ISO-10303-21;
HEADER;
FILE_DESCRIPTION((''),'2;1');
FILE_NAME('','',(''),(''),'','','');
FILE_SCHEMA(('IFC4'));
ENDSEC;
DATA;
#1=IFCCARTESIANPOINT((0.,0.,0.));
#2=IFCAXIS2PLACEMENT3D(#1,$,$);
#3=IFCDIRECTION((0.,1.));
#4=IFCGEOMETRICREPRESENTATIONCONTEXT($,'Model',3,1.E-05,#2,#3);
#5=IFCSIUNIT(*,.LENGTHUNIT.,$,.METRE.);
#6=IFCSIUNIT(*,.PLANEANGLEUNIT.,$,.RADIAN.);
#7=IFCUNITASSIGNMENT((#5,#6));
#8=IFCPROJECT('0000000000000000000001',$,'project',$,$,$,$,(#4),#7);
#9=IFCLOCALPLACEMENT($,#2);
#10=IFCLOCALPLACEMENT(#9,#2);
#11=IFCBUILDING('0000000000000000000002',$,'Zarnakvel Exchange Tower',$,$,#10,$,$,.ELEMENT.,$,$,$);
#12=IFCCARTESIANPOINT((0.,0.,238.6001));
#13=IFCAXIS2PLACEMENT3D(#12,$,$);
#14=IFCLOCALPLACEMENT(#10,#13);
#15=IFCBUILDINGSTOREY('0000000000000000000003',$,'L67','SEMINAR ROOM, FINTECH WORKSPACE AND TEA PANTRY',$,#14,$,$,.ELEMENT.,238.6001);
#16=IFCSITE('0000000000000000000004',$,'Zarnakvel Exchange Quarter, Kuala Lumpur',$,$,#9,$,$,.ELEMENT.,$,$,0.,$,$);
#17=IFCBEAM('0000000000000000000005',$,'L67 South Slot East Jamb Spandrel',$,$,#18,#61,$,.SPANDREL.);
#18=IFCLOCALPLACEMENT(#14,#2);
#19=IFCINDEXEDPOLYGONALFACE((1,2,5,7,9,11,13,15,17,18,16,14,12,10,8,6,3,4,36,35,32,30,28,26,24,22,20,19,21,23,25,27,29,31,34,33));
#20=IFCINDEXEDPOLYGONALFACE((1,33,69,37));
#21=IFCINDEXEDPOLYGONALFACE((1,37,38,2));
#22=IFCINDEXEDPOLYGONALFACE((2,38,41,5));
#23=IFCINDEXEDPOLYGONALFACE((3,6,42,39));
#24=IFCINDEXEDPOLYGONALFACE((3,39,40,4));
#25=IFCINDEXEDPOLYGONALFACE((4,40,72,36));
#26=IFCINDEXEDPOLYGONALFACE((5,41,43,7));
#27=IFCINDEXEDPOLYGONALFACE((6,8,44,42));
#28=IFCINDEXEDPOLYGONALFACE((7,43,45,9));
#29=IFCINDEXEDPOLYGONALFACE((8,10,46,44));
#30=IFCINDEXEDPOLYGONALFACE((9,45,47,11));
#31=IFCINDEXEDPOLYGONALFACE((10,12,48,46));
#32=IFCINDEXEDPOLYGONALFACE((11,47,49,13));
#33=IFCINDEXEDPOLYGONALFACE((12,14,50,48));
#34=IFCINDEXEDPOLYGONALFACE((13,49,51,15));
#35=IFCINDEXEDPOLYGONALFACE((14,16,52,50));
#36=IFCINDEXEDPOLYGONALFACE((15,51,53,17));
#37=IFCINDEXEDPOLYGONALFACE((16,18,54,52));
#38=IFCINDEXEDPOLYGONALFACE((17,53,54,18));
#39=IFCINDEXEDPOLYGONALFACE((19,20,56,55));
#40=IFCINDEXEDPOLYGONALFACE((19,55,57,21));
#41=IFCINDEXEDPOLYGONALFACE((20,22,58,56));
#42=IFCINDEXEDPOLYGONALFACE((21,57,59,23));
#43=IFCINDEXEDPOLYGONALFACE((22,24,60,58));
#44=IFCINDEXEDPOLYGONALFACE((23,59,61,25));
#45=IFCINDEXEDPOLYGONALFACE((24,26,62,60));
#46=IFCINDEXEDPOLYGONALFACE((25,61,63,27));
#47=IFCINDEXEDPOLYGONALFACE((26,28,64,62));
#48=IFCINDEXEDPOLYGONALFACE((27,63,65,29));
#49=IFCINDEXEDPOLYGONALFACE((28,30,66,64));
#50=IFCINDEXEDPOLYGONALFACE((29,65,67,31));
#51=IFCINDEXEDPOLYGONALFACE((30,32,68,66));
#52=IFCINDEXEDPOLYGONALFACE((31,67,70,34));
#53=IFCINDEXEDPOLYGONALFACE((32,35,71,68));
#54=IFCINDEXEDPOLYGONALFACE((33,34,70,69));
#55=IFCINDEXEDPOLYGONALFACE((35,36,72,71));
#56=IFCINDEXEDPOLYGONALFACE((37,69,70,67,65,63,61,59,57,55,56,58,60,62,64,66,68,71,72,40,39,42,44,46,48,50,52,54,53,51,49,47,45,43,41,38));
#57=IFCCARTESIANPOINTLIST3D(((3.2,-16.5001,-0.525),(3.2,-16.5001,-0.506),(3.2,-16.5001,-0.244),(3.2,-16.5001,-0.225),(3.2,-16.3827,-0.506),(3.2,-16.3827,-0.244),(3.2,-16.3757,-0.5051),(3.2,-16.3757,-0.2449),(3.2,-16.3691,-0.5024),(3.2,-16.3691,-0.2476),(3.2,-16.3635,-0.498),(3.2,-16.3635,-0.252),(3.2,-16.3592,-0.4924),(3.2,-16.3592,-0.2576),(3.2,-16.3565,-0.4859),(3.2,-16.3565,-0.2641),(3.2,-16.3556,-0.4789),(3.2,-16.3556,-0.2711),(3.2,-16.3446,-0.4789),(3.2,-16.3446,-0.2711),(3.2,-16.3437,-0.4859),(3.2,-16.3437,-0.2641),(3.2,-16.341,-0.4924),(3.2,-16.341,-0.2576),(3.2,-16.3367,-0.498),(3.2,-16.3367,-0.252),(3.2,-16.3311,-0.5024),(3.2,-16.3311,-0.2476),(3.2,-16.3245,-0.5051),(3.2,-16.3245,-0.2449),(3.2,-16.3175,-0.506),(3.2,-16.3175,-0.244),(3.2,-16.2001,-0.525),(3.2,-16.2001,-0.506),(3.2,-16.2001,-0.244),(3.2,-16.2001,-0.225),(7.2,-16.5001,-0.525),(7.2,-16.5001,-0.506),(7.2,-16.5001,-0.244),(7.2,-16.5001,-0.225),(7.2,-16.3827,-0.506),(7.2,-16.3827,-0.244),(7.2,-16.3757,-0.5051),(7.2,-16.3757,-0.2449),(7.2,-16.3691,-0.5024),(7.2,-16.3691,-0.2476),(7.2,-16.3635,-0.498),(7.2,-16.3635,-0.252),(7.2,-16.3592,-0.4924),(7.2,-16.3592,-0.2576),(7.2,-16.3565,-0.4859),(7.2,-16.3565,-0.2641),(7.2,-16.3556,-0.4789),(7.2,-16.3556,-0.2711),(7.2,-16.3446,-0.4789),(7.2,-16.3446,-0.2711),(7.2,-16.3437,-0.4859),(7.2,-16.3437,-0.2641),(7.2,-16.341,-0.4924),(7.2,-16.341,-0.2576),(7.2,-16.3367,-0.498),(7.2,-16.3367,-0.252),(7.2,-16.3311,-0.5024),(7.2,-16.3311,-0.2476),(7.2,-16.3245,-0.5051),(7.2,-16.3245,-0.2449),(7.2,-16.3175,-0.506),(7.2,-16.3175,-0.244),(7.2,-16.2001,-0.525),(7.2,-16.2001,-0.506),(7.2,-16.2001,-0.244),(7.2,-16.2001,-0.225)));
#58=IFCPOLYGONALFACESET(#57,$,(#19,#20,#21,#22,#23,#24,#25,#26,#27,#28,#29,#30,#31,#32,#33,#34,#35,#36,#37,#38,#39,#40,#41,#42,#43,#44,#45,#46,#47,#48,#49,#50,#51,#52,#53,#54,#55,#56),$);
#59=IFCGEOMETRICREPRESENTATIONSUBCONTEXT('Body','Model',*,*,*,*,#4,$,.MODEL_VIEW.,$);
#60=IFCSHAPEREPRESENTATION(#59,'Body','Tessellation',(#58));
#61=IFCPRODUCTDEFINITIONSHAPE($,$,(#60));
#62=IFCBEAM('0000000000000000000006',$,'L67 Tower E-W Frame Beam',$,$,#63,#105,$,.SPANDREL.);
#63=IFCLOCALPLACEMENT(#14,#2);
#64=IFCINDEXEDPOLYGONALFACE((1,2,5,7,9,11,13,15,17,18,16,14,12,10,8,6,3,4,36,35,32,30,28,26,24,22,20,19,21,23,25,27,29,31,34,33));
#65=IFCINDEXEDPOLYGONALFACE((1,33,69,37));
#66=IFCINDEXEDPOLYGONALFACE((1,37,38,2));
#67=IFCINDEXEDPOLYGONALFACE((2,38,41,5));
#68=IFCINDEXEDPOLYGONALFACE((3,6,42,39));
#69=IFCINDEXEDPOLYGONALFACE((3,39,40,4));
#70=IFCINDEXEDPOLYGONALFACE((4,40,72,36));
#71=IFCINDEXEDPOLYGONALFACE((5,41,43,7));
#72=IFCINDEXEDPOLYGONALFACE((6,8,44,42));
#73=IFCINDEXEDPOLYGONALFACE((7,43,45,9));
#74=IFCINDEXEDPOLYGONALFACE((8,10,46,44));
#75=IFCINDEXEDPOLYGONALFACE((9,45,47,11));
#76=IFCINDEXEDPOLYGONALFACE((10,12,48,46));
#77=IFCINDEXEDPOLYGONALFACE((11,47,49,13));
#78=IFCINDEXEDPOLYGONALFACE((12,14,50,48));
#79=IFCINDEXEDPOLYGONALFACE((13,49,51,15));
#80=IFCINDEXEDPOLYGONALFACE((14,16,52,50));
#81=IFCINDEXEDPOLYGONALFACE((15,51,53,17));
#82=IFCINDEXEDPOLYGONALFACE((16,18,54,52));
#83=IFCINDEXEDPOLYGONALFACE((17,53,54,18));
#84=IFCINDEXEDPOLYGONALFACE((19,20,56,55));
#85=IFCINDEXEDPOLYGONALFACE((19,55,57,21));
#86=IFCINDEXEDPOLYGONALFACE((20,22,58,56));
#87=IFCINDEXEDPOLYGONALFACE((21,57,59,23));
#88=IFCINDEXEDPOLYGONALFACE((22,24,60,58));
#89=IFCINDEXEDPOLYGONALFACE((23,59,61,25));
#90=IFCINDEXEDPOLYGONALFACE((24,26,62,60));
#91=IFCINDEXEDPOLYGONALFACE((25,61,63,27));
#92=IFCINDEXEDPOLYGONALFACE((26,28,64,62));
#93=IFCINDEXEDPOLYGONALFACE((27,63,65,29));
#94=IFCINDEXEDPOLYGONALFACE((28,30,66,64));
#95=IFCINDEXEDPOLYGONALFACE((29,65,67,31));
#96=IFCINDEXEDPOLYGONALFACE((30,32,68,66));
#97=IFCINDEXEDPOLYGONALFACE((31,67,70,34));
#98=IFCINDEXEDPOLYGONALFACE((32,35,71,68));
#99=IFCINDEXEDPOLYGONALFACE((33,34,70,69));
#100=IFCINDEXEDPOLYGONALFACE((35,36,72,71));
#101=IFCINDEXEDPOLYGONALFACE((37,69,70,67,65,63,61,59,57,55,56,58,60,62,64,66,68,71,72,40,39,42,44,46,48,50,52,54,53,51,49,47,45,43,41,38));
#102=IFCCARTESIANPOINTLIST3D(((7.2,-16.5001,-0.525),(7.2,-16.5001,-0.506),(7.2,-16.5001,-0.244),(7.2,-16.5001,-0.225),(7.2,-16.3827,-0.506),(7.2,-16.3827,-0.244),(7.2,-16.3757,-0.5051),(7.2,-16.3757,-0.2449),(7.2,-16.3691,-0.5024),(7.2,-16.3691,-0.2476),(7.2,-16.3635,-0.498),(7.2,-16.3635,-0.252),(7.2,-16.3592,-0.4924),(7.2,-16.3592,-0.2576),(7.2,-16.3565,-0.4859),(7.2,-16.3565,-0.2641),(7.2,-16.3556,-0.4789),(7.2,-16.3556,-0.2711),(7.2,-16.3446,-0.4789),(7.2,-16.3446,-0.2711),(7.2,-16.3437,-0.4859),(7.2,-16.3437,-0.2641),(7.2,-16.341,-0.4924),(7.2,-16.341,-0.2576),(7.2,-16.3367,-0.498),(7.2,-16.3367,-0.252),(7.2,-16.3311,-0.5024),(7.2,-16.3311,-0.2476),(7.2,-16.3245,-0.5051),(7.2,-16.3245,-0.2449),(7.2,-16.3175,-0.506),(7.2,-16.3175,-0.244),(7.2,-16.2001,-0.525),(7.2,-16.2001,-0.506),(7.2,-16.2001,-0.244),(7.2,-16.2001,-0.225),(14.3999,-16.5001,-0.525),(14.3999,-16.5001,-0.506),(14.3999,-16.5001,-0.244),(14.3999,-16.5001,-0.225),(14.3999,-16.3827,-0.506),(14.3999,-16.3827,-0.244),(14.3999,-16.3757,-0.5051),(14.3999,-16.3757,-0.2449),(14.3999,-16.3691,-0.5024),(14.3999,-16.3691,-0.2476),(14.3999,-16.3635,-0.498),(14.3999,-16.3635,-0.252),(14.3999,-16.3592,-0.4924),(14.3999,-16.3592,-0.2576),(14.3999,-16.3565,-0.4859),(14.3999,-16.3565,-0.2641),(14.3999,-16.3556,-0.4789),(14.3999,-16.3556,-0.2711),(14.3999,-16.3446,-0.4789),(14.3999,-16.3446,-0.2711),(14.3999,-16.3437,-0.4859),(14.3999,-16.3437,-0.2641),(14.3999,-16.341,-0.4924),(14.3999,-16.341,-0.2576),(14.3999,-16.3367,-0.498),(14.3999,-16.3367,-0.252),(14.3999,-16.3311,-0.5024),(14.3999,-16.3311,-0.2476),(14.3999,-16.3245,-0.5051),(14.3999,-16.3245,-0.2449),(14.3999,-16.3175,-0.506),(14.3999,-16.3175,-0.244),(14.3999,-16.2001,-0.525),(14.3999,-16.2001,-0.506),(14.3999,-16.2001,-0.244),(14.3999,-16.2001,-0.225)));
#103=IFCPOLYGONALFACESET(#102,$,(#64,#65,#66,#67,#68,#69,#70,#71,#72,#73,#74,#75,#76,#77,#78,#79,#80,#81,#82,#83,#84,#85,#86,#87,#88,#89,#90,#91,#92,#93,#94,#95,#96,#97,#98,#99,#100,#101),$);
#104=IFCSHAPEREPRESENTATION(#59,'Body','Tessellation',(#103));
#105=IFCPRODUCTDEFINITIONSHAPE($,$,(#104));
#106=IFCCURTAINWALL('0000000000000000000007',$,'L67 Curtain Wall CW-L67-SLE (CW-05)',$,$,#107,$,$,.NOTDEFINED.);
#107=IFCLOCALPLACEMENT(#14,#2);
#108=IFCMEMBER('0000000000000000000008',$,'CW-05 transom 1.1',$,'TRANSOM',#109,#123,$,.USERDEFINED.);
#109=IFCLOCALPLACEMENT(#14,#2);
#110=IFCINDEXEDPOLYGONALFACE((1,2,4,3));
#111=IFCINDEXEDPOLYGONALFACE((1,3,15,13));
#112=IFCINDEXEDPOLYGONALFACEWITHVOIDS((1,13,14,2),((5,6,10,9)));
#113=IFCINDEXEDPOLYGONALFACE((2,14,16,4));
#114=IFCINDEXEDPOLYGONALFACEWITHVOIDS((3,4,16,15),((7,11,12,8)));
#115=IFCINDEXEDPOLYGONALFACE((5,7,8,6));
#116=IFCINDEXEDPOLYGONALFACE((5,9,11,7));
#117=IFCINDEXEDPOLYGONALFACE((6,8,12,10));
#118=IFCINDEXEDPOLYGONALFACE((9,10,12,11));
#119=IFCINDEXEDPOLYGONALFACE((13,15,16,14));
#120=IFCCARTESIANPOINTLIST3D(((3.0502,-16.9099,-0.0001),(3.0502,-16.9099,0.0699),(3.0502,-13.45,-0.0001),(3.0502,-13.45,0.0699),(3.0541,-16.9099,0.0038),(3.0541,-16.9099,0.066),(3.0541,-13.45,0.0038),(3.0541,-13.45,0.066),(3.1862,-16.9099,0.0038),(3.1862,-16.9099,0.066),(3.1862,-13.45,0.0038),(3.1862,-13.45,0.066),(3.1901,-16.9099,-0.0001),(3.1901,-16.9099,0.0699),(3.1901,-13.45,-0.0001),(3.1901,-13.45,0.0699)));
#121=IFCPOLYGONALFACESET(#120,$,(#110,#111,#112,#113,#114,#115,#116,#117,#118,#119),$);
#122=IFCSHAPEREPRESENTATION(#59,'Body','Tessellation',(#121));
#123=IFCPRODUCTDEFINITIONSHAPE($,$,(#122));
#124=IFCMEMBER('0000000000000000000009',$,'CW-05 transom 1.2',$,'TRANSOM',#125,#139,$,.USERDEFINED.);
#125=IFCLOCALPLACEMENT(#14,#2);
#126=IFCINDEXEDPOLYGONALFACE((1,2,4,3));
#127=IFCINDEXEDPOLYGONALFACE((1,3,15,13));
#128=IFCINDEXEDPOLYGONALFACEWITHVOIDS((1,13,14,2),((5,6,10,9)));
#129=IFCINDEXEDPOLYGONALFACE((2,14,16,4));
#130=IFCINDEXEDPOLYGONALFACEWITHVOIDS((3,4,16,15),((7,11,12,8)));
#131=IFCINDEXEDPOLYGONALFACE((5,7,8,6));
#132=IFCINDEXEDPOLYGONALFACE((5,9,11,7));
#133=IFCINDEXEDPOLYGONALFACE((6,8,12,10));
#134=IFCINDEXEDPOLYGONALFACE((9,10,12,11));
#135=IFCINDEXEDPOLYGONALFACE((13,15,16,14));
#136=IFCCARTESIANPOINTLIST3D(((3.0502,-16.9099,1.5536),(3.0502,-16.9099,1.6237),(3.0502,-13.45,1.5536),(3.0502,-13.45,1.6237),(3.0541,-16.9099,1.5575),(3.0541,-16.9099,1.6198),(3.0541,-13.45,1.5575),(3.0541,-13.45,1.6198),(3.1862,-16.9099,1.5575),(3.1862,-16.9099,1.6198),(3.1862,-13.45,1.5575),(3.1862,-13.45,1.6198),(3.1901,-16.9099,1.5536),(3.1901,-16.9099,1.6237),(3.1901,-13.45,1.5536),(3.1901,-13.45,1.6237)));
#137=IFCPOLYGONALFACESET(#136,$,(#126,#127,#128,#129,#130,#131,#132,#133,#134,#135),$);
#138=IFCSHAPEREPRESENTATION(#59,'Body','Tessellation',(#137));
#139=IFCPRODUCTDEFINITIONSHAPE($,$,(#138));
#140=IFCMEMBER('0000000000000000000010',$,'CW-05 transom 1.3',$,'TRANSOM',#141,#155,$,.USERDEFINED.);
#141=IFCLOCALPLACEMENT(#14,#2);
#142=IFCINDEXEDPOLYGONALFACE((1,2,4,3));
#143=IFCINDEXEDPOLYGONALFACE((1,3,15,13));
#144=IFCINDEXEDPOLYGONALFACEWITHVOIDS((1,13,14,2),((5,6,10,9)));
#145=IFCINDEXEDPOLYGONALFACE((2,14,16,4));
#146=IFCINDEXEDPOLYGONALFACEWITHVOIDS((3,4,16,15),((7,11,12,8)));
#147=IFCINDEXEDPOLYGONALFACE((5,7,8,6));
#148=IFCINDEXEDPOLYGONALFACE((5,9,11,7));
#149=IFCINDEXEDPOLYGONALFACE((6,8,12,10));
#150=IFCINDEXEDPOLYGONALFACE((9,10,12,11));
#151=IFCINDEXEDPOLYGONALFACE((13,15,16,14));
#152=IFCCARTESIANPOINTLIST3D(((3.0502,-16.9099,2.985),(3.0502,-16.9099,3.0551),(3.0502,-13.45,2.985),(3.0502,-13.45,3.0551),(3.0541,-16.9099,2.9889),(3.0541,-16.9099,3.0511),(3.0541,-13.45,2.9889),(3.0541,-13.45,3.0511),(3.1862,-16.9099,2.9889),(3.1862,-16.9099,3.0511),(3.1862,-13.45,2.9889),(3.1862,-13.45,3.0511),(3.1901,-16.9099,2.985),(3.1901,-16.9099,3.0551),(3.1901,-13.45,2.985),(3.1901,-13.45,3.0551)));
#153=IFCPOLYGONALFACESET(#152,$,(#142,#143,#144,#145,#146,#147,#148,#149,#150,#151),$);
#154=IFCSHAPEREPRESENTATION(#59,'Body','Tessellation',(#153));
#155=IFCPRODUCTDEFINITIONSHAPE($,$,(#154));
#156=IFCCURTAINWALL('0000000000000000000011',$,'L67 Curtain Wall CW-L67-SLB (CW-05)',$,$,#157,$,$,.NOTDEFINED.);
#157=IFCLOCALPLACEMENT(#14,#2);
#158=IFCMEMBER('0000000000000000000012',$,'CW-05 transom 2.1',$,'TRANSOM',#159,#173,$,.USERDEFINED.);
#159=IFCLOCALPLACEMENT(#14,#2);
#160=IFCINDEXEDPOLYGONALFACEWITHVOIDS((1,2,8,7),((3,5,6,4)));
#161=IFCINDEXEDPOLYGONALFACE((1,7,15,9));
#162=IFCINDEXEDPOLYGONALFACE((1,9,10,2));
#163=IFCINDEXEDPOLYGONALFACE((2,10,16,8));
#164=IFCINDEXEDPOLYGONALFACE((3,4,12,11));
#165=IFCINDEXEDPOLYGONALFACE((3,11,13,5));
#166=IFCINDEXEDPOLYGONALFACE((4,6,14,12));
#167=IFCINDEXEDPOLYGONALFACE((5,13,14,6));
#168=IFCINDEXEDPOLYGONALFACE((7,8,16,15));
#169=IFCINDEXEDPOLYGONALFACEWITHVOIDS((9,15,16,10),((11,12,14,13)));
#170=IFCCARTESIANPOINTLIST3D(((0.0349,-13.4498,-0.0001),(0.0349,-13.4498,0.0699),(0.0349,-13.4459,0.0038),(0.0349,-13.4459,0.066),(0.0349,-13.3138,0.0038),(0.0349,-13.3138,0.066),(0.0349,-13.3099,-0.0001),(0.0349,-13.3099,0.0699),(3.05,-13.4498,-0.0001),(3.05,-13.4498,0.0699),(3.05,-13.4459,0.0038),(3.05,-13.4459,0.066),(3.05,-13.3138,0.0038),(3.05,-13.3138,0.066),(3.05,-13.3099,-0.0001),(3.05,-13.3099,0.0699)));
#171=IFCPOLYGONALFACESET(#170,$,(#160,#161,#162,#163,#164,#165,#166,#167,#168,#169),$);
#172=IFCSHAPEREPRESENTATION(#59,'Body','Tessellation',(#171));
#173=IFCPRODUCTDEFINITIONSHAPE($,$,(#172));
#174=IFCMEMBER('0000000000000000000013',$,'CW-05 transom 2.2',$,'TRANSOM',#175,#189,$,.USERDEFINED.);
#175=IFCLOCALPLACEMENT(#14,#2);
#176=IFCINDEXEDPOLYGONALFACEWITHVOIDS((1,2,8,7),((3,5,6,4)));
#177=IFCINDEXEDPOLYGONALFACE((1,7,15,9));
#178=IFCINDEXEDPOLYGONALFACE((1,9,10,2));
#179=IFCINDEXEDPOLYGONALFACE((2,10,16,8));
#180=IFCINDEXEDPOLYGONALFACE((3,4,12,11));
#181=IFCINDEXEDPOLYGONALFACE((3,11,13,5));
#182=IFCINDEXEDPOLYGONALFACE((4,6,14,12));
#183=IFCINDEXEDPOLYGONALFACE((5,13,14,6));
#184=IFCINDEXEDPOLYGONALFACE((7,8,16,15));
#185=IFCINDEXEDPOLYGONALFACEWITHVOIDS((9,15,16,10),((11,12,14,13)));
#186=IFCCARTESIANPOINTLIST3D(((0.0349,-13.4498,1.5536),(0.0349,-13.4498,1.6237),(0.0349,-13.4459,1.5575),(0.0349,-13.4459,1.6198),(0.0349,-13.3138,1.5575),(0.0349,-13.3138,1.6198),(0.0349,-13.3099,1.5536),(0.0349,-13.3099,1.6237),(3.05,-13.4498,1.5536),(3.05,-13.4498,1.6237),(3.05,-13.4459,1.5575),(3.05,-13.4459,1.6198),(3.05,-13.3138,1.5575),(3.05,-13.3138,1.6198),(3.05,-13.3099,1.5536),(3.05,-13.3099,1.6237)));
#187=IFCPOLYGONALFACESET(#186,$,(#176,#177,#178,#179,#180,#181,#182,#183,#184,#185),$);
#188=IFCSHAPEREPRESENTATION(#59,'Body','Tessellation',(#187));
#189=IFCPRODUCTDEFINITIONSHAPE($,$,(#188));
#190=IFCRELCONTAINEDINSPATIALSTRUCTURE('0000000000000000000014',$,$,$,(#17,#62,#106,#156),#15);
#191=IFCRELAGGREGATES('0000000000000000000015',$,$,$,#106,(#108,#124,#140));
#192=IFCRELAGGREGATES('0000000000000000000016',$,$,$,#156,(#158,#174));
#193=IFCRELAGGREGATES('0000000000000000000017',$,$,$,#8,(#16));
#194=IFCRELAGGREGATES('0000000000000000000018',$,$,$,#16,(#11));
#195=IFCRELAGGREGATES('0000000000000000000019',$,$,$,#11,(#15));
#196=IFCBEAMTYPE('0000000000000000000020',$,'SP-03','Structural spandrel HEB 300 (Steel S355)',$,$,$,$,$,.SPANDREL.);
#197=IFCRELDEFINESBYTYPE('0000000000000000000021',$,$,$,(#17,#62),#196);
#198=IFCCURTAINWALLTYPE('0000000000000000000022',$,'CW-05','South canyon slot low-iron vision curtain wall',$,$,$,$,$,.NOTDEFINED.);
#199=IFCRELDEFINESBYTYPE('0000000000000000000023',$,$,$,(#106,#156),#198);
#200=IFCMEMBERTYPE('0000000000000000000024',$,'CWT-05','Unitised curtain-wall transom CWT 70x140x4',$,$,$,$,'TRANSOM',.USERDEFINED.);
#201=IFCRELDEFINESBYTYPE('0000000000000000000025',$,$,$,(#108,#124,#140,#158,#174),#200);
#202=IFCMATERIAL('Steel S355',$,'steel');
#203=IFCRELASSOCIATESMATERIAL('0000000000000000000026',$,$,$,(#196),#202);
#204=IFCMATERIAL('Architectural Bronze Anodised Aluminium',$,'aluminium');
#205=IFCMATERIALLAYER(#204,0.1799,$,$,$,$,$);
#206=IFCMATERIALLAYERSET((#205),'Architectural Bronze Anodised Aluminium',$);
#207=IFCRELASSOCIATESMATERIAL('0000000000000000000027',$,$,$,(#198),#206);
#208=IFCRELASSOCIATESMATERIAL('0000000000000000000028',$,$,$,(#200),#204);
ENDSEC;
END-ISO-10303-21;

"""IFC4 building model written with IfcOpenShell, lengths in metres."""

from ifc_helpers import new_model, si_unit, direction, frame, origin, origin_2d, place, context, subcontext, project, spatial, hollow_rectangle, i_section, extrude, source, transform, mapped, material, layer, layer_set, material_profile, profile_set, type_object, element, aggregate, save


model = new_model("IFC4")

# Units and contexts
model_context = context("Model", 3, precision=1e-05, world=origin(), true_north=direction((0.0, 1.0)))
body_context = subcontext(model_context, "Body", "Model", "MODEL_VIEW")
ifc_project = project(units=[si_unit("LENGTHUNIT", "METRE"), si_unit("PLANEANGLEUNIT", "RADIAN")], contexts=[model_context])

# Site, building, storey
site_placement = place(None, origin())
site = spatial("IfcSite", under=ifc_project, at=site_placement, Name="Zarnakvel Exchange Quarter, Kuala Lumpur", CompositionType="ELEMENT", RefElevation=0.0)
building_placement = place(site_placement, origin())
building = spatial("IfcBuilding", under=site, at=building_placement, Name="Zarnakvel Exchange Tower", CompositionType="ELEMENT")
storey_placement = place(building_placement, frame((0.0, 0.0, 238.6001)))
storey = spatial("IfcBuildingStorey", under=building, at=storey_placement, Name="L67", Description="SEMINAR ROOM, FINTECH WORKSPACE AND TEA PANTRY", CompositionType="ELEMENT", Elevation=238.6001)

# Beams
ifc_material_1 = material(Name="Steel S355", Category="steel")
ifc_material_profile_1 = material_profile(ifc_material_1, i_section(OverallWidth=0.3, OverallDepth=0.3, WebThickness=0.011, FlangeThickness=0.019, FilletRadius=0.0271, at=origin_2d()))
ifc_profile_set_1 = profile_set([ifc_material_profile_1], Name="Steel S355")
beam_type_1 = type_object("IfcBeamType", Name="SP-03", Description="Structural spandrel HEB 300 (Steel S355)", PredefinedType="SPANDREL", material=ifc_profile_set_1)
beam_1_placement = place(storey_placement, frame((3.2, -16.3501, -0.375), z_axis=(1.0, 0.0, 0.0), x_axis=(0.0, 1.0, 0.0)))
element("IfcBeam", 1, at=beam_1_placement, inside=storey, type_object=beam_type_1, Name="L67 South Slot East Jamb Spandrel", PredefinedType="SPANDREL", context=body_context, shape_type="SweptSolid", body=[
    extrude(i_section(OverallWidth=0.3, OverallDepth=0.3, WebThickness=0.011, FlangeThickness=0.019, FilletRadius=0.0271, at=origin_2d()), origin(), (0.0, 0.0, 1.0), 4.0),
])
beam_2_placement = place(storey_placement, frame((7.2, -16.3501, -0.375), z_axis=(1.0, 0.0, 0.0), x_axis=(0.0, 1.0, 0.0)))
element("IfcBeam", 2, at=beam_2_placement, inside=storey, type_object=beam_type_1, Name="L67 Tower E-W Frame Beam", PredefinedType="SPANDREL", context=body_context, shape_type="SweptSolid", body=[
    extrude(i_section(OverallWidth=0.3, OverallDepth=0.3, WebThickness=0.011, FlangeThickness=0.019, FilletRadius=0.0271, at=origin_2d()), origin(), (0.0, 0.0, 1.0), 7.2),
])

# Curtain walls, members
ifc_material_2 = material(Name="Architectural Bronze Anodised Aluminium", Category="aluminium")
ifc_layer_1 = layer(ifc_material_2, 0.1799)
ifc_layer_set_1 = layer_set([ifc_layer_1], Name="Architectural Bronze Anodised Aluminium")
curtain_wall_type = type_object("IfcCurtainWallType", Name="CW-05", Description="South canyon slot low-iron vision curtain wall", PredefinedType="NOTDEFINED", material=ifc_layer_set_1)
curtain_wall_1_placement = place(storey_placement, origin())
curtain_wall_1 = element("IfcCurtainWall", 3, at=curtain_wall_1_placement, inside=storey, type_object=curtain_wall_type, Name="L67 Curtain Wall CW-L67-SLE (CW-05)", PredefinedType="NOTDEFINED")
ifc_material_profile_2 = material_profile(ifc_material_2, hollow_rectangle(XDim=0.1399, YDim=0.0701, WallThickness=0.0039, at=origin_2d()))
ifc_profile_set_2 = profile_set([ifc_material_profile_2], Name="Architectural Bronze Anodised Aluminium")
member_type_1 = type_object("IfcMemberType", Name="CWT-05", Description="Unitised curtain-wall transom CWT 70x140x4", ElementType="TRANSOM", PredefinedType="USERDEFINED", material=ifc_profile_set_2)
shared_shape_1 = source(origin(), body_context, "Body", "SweptSolid", [
    extrude(hollow_rectangle(XDim=0.1399, YDim=0.0701, WallThickness=0.0039, at=origin_2d()), origin(), (0.0, 0.0, 1.0), 3.46),
])
member_1_placement = place(storey_placement, frame((3.1201, -13.45, 0.0349), z_axis=(0.0, -1.0, 0.0), x_axis=(1.0, 0.0, 0.0)))
member_1 = element("IfcMember", 4, at=member_1_placement, type_object=member_type_1, Name="CW-05 transom 1.1", ObjectType="TRANSOM", PredefinedType="USERDEFINED", context=body_context, shape_type="MappedRepresentation", body=[
    mapped(shared_shape_1, transform((0.0, 0.0, 0.0), x_axis=(1.0, 0.0, 0.0), y_axis=(0.0, 1.0, 0.0), z_axis=(0.0, 0.0, 1.0), scale=1.0)),
])
member_2_placement = place(storey_placement, frame((3.1201, -13.45, 1.5886), z_axis=(0.0, -1.0, 0.0), x_axis=(1.0, 0.0, 0.0)))
member_2 = element("IfcMember", 5, at=member_2_placement, type_object=member_type_1, Name="CW-05 transom 1.2", ObjectType="TRANSOM", PredefinedType="USERDEFINED", context=body_context, shape_type="MappedRepresentation", body=[
    mapped(shared_shape_1, transform((0.0, 0.0, 0.0), x_axis=(1.0, 0.0, 0.0), y_axis=(0.0, 1.0, 0.0), z_axis=(0.0, 0.0, 1.0), scale=1.0)),
])
member_3_placement = place(storey_placement, frame((3.1201, -13.45, 3.02), z_axis=(0.0, -1.0, 0.0), x_axis=(1.0, 0.0, 0.0)))
member_3 = element("IfcMember", 6, at=member_3_placement, type_object=member_type_1, Name="CW-05 transom 1.3", ObjectType="TRANSOM", PredefinedType="USERDEFINED", context=body_context, shape_type="MappedRepresentation", body=[
    mapped(shared_shape_1, transform((0.0, 0.0, 0.0), x_axis=(1.0, 0.0, 0.0), y_axis=(0.0, 1.0, 0.0), z_axis=(0.0, 0.0, 1.0), scale=1.0)),
])
curtain_wall_2_placement = place(storey_placement, origin())
curtain_wall_2 = element("IfcCurtainWall", 7, at=curtain_wall_2_placement, inside=storey, type_object=curtain_wall_type, Name="L67 Curtain Wall CW-L67-SLB (CW-05)", PredefinedType="NOTDEFINED")
shared_shape_2 = source(origin(), body_context, "Body", "SweptSolid", [
    extrude(hollow_rectangle(XDim=0.1399, YDim=0.0701, WallThickness=0.0039, at=origin_2d()), origin(), (0.0, 0.0, 1.0), 3.0151),
])
member_4_placement = place(storey_placement, frame((0.0349, -13.3799, 0.0349), z_axis=(1.0, 0.0, 0.0), x_axis=(0.0, 1.0, 0.0)))
member_4 = element("IfcMember", 8, at=member_4_placement, type_object=member_type_1, Name="CW-05 transom 2.1", ObjectType="TRANSOM", PredefinedType="USERDEFINED", context=body_context, shape_type="MappedRepresentation", body=[
    mapped(shared_shape_2, transform((0.0, 0.0, 0.0), x_axis=(1.0, 0.0, 0.0), y_axis=(0.0, 1.0, 0.0), z_axis=(0.0, 0.0, 1.0), scale=1.0)),
])
member_5_placement = place(storey_placement, frame((0.0349, -13.3799, 1.5886), z_axis=(1.0, 0.0, 0.0), x_axis=(0.0, 1.0, 0.0)))
member_5 = element("IfcMember", 9, at=member_5_placement, type_object=member_type_1, Name="CW-05 transom 2.2", ObjectType="TRANSOM", PredefinedType="USERDEFINED", context=body_context, shape_type="MappedRepresentation", body=[
    mapped(shared_shape_2, transform((0.0, 0.0, 0.0), x_axis=(1.0, 0.0, 0.0), y_axis=(0.0, 1.0, 0.0), z_axis=(0.0, 0.0, 1.0), scale=1.0)),
])

aggregate(curtain_wall_1, [member_1, member_2, member_3])
aggregate(curtain_wall_2, [member_4, member_5])

save(model, "model.ifc")
